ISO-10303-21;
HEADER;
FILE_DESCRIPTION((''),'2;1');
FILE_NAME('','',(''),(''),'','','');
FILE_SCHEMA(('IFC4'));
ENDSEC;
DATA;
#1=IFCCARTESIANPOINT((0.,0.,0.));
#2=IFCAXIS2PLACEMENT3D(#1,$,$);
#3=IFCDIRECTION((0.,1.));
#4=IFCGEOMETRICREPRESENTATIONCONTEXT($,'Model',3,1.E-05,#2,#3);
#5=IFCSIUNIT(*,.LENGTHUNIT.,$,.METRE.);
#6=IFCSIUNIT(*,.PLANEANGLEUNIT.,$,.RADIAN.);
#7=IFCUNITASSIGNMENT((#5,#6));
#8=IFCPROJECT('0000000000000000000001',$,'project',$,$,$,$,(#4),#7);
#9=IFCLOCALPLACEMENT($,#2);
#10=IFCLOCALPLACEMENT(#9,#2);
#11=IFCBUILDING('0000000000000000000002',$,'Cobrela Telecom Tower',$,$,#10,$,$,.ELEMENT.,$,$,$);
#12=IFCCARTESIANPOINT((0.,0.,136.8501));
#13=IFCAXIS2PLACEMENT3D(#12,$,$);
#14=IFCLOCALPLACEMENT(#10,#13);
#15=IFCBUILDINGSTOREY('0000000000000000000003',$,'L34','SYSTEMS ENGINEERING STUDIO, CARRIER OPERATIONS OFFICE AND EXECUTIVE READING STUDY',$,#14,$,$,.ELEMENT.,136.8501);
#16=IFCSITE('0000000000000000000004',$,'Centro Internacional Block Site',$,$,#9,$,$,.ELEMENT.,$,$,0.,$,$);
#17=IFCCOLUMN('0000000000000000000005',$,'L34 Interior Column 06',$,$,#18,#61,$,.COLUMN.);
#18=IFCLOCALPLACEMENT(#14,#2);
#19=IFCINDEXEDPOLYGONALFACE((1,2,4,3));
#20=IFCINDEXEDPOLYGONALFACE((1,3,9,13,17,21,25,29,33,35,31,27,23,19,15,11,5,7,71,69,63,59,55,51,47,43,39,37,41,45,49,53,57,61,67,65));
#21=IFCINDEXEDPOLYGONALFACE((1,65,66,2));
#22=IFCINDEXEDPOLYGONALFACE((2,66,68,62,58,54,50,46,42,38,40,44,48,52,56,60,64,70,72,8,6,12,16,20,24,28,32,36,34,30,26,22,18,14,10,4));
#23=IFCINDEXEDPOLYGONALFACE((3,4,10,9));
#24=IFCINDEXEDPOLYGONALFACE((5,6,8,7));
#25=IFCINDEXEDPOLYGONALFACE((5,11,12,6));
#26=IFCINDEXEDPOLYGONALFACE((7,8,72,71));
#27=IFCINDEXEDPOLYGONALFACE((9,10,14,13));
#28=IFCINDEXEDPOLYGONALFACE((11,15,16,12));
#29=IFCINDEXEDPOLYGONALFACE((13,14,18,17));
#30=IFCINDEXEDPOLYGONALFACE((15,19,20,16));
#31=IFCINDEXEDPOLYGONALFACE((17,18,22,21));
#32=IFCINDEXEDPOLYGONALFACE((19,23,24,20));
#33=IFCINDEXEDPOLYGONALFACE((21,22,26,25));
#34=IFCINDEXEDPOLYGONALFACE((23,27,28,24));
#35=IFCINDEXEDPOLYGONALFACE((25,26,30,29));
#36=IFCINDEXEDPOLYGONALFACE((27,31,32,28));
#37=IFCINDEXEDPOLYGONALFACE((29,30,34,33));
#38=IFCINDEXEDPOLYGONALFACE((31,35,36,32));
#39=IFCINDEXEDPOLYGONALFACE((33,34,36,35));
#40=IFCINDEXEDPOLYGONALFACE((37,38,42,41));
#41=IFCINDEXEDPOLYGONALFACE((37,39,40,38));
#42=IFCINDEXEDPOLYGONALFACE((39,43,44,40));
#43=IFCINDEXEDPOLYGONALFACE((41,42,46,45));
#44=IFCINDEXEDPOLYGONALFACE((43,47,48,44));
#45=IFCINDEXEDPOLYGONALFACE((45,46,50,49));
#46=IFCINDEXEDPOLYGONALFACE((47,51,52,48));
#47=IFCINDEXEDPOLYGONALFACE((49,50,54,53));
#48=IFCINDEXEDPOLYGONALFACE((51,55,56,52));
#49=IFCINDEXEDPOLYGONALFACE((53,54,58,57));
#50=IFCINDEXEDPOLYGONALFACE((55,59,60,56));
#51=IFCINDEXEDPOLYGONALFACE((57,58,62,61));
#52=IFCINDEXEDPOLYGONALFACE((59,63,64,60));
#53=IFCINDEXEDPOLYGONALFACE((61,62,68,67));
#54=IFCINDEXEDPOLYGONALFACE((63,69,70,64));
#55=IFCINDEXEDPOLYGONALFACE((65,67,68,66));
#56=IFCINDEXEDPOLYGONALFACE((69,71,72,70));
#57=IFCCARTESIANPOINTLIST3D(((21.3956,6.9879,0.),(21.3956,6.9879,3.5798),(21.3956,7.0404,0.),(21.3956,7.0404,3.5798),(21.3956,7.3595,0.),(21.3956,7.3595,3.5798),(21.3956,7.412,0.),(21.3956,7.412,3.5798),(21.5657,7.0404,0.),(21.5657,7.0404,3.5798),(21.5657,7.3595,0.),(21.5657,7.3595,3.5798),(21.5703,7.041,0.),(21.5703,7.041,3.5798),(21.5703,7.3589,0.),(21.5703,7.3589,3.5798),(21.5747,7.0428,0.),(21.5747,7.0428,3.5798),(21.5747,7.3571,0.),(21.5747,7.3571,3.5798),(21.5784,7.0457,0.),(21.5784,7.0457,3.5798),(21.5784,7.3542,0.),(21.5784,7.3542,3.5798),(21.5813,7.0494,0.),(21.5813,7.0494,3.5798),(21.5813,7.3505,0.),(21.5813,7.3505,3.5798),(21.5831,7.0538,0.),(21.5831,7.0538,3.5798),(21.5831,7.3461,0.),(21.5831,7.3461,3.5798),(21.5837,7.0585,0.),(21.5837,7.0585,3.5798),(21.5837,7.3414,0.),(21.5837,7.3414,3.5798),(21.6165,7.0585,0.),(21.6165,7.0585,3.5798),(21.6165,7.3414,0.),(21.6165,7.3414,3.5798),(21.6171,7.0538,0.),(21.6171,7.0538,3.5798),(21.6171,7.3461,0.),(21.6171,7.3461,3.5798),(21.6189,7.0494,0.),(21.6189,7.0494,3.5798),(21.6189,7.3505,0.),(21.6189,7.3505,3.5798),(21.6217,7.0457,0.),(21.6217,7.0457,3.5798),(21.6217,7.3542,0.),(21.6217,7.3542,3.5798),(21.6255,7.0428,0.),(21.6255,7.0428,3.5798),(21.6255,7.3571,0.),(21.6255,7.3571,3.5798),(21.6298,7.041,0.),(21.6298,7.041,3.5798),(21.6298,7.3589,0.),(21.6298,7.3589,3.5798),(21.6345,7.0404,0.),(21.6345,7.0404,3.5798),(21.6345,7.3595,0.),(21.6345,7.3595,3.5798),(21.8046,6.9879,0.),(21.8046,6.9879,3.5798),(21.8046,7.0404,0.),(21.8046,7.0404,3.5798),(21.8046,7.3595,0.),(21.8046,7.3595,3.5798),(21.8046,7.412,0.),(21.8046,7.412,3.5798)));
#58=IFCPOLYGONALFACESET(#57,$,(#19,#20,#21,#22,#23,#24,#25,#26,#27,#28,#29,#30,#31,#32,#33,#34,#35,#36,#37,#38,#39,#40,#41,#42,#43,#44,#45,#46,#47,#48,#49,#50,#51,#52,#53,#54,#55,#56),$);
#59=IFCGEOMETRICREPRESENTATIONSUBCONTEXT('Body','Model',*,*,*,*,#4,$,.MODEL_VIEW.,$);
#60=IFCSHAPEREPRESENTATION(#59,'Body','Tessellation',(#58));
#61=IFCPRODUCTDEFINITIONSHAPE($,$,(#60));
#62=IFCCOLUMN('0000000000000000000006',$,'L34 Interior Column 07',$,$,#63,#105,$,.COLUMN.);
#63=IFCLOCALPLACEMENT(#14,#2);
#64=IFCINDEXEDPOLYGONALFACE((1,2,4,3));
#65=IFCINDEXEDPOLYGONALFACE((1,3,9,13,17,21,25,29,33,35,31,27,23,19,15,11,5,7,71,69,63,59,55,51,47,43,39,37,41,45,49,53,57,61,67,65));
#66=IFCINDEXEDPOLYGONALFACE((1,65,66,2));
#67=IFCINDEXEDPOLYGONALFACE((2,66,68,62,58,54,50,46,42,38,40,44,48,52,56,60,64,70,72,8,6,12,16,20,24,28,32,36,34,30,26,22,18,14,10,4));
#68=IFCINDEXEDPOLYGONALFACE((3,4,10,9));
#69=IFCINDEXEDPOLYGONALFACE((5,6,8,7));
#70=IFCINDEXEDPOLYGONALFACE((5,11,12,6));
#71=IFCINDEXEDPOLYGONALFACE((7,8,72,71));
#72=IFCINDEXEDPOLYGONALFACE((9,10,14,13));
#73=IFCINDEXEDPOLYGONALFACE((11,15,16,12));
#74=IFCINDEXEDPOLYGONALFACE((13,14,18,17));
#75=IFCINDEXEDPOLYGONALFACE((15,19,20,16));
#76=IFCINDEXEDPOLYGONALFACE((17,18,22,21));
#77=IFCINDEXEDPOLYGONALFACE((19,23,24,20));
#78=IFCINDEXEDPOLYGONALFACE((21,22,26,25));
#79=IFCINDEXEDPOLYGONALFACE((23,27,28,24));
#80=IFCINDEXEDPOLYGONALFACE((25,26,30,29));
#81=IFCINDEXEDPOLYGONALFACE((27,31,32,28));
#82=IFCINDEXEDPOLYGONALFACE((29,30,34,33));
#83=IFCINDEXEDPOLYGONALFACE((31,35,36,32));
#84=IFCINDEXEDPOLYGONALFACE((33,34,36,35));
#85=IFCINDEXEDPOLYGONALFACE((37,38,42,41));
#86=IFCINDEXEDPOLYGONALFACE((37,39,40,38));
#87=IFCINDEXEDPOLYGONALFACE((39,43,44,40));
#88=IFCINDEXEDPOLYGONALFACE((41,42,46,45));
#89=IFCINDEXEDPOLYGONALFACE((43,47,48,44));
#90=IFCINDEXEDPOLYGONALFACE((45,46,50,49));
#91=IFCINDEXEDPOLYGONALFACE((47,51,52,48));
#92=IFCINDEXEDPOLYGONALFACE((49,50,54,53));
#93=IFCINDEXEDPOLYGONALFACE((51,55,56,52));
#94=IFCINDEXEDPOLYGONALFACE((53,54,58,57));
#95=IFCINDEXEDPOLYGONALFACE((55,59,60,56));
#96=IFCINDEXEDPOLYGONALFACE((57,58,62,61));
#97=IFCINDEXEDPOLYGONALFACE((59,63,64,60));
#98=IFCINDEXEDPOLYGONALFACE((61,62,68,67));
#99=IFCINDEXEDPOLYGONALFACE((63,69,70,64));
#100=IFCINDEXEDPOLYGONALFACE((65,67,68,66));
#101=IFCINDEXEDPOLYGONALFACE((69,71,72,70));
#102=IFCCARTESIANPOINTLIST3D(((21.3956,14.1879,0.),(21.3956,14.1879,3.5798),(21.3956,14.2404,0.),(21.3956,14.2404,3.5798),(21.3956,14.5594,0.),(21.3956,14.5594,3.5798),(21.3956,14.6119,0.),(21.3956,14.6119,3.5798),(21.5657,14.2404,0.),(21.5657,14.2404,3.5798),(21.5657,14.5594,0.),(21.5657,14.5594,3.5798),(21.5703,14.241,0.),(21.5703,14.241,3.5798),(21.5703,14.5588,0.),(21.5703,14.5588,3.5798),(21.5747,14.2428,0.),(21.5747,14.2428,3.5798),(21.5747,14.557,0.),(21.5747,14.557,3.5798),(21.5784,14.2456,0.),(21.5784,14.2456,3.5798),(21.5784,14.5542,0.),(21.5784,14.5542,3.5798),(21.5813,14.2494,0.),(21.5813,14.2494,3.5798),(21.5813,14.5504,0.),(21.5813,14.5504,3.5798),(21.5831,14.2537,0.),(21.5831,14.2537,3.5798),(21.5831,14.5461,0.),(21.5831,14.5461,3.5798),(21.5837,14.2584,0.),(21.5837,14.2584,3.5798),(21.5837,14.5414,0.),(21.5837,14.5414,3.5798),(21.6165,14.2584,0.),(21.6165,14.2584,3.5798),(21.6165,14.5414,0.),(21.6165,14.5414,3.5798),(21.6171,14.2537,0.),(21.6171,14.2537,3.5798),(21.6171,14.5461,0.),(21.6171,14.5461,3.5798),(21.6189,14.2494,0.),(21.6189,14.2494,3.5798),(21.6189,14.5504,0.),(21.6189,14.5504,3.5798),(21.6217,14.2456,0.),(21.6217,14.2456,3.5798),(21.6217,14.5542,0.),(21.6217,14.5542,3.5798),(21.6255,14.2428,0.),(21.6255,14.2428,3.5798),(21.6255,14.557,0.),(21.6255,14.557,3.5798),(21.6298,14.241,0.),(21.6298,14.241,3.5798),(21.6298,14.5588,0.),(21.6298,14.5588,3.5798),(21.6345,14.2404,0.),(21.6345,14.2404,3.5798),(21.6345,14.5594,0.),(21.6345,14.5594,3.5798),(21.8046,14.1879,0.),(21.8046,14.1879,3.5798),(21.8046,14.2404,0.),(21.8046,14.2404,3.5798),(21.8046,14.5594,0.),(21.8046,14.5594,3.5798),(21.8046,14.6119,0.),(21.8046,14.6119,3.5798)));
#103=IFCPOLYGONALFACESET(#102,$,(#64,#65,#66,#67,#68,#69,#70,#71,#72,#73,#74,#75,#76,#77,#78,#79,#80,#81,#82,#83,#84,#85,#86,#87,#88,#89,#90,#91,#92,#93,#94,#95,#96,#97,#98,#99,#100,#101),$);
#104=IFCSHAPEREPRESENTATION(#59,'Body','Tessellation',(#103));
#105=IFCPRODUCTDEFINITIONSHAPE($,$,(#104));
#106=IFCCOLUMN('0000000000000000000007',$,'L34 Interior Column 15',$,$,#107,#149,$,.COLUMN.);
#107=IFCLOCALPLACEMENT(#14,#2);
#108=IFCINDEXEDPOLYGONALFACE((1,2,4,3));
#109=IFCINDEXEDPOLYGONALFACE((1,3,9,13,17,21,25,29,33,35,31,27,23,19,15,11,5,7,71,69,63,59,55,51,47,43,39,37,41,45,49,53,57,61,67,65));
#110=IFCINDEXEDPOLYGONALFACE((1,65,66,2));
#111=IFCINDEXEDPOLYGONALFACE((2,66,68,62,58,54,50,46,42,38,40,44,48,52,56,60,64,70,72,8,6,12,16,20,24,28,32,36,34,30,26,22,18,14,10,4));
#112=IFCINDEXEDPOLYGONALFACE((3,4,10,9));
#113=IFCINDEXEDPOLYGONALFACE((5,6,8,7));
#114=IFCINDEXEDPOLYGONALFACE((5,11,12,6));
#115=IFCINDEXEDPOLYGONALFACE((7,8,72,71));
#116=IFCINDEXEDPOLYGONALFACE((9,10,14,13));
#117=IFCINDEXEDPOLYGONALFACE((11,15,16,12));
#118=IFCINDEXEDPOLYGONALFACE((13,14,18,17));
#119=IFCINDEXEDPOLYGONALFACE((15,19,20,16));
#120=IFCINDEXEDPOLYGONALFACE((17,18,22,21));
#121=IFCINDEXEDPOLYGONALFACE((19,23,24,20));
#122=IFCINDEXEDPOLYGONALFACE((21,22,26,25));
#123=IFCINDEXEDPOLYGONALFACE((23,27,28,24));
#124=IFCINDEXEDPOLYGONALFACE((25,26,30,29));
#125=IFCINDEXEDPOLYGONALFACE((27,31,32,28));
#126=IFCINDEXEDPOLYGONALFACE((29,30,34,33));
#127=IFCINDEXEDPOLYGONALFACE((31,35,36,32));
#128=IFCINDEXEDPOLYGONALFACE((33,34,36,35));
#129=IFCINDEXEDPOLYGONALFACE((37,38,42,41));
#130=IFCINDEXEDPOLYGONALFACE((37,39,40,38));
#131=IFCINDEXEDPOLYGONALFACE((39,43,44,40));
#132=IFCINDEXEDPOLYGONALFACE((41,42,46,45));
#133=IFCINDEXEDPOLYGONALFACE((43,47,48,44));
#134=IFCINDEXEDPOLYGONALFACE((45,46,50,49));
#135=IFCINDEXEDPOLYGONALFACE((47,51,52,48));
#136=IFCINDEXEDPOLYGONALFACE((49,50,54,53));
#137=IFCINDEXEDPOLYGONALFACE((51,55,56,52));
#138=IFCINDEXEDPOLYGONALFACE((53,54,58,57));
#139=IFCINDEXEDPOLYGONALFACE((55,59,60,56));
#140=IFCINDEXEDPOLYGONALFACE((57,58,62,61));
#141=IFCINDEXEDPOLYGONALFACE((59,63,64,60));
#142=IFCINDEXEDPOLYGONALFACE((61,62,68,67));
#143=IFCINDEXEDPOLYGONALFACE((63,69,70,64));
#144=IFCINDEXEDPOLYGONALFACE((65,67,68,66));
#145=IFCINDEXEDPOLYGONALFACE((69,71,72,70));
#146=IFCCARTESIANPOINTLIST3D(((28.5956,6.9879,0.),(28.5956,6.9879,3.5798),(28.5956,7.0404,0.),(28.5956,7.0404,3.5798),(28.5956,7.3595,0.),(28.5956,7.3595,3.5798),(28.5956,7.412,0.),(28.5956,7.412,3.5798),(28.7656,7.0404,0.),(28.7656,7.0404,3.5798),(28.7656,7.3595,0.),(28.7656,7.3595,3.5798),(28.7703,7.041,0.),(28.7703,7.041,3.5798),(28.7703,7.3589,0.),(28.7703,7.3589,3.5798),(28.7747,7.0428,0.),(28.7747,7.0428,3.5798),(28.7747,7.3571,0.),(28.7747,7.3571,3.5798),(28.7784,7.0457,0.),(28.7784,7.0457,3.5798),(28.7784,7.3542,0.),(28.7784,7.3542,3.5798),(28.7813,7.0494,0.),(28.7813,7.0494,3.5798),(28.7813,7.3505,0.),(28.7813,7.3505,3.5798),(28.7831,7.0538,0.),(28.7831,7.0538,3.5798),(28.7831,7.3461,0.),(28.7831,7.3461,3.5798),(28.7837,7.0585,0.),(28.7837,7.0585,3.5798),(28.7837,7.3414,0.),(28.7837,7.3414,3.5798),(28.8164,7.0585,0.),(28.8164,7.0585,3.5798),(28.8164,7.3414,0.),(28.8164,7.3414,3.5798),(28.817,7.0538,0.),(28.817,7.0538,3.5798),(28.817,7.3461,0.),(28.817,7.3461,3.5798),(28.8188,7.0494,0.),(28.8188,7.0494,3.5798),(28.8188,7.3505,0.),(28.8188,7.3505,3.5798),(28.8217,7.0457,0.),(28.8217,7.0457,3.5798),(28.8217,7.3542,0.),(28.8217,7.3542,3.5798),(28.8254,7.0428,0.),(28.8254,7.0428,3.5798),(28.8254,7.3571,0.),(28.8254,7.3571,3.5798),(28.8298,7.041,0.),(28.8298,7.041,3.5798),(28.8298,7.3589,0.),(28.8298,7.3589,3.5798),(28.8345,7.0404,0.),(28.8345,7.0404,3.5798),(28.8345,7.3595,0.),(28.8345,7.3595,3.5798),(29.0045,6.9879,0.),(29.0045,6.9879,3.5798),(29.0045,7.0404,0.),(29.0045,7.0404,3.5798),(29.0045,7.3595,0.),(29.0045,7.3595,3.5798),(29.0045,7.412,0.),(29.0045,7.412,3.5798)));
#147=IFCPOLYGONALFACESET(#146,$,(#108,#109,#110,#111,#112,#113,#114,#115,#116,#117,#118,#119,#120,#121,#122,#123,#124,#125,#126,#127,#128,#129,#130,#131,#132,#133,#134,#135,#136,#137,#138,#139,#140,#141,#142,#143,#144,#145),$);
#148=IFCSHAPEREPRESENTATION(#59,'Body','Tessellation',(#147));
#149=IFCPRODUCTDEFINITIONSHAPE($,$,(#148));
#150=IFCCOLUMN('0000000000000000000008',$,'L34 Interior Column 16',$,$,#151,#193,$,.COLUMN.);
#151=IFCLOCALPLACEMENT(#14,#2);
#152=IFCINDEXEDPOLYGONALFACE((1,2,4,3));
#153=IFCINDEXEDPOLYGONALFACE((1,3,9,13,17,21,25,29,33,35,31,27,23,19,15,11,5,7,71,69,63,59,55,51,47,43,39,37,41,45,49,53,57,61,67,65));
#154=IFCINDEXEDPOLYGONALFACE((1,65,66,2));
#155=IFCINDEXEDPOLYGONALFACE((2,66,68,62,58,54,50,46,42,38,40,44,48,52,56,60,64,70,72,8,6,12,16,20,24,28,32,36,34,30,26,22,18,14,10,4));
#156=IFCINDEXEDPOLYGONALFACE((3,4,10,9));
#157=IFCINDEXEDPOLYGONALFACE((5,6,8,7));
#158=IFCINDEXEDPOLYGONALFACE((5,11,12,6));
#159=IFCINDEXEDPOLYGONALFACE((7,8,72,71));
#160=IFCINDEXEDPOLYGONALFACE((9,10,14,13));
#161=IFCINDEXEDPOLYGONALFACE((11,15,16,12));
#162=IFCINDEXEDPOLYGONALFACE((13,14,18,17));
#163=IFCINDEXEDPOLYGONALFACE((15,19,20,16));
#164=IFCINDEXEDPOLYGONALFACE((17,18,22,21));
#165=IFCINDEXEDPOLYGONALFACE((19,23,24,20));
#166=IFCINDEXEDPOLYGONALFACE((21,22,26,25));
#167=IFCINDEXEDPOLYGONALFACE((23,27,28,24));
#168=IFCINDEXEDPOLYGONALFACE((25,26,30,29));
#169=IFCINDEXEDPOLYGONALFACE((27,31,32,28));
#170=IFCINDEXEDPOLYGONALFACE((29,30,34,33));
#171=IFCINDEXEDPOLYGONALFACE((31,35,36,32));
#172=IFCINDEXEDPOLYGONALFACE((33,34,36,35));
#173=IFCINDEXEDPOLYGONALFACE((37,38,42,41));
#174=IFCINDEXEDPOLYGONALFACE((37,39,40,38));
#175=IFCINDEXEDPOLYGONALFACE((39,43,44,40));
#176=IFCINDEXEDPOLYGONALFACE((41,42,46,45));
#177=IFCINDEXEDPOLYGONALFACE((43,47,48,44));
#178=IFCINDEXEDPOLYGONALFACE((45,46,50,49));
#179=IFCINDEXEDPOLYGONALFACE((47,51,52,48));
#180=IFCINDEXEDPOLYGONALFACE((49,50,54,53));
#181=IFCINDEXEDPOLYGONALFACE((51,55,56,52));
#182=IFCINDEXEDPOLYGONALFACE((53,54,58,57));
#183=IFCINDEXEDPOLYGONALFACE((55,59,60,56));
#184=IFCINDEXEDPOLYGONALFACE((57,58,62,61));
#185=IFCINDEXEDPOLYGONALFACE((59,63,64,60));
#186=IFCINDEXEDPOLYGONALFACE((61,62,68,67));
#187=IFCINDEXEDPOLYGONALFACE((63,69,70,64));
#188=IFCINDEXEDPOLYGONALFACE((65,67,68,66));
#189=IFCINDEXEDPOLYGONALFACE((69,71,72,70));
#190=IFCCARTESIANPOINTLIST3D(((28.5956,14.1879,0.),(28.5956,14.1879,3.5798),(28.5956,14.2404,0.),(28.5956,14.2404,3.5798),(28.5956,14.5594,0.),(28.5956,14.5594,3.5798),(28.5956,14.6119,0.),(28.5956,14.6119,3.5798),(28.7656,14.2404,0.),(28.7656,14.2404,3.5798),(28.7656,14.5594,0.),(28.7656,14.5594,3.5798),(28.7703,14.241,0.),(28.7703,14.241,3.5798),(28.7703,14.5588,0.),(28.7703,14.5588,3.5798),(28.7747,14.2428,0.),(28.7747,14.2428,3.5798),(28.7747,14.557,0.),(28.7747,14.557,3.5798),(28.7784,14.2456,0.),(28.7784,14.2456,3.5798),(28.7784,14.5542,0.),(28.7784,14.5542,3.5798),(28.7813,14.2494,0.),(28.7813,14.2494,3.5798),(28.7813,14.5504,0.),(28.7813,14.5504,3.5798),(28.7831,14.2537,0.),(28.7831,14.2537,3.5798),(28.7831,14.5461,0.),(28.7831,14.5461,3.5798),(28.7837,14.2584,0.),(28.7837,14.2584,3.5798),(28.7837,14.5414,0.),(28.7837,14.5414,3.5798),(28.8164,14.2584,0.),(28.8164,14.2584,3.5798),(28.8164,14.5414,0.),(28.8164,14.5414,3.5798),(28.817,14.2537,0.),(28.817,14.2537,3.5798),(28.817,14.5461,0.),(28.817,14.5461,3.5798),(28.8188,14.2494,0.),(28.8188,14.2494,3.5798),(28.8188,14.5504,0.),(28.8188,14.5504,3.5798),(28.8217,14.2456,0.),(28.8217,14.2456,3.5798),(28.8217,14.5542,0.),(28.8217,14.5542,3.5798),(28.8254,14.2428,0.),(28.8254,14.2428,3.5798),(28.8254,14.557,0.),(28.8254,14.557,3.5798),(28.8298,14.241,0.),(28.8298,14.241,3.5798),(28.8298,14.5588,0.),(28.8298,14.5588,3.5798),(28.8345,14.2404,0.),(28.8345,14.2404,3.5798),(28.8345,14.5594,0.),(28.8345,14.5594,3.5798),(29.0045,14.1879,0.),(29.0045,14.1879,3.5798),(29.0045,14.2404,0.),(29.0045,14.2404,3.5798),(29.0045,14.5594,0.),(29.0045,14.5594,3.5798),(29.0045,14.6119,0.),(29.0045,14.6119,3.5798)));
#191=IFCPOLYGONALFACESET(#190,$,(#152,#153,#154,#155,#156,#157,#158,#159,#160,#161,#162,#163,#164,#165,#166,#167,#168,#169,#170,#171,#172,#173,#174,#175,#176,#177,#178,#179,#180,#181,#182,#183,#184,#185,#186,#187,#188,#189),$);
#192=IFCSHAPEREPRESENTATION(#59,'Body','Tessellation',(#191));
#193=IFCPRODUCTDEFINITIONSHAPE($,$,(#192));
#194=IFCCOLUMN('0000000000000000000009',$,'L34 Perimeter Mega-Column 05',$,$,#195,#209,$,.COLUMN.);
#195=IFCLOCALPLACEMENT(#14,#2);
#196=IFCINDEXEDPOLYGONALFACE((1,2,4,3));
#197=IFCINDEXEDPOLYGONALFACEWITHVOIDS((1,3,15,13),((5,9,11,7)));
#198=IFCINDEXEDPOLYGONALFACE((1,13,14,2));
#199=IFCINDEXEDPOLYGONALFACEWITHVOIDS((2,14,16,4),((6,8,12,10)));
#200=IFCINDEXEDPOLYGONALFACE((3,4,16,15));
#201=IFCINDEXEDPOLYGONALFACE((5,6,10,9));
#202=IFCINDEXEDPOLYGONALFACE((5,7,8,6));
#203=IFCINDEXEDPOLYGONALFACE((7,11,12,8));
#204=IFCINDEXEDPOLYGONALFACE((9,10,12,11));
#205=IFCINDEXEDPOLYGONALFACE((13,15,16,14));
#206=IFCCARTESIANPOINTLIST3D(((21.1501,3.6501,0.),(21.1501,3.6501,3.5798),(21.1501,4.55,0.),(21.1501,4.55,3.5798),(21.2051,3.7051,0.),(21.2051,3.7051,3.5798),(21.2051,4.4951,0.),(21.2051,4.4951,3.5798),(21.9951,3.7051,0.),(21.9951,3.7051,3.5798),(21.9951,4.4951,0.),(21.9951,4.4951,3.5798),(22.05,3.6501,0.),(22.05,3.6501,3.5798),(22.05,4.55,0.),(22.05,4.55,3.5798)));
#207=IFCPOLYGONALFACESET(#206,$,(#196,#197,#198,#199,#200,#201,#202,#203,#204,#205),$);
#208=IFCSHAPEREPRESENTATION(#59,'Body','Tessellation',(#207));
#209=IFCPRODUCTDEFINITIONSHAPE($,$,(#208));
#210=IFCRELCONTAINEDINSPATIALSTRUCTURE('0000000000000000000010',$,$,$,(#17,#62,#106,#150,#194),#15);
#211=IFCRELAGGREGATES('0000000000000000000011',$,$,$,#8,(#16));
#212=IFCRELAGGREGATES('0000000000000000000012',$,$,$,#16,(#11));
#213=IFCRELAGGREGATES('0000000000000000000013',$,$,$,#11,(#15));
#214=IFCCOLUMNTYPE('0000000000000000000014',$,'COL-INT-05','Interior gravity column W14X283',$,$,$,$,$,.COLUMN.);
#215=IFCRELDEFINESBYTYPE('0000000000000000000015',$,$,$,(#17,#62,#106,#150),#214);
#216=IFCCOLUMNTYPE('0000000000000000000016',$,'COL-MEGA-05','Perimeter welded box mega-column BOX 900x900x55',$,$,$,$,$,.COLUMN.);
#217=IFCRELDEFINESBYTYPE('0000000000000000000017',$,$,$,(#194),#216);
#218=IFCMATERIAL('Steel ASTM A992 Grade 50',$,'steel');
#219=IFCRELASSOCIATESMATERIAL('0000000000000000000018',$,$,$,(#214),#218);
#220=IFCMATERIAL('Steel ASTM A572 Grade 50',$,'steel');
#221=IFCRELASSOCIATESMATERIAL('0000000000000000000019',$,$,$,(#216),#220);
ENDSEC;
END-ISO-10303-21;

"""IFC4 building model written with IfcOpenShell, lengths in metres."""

from ifc_helpers import new_model, si_unit, direction, frame, origin, origin_2d, place, context, subcontext, project, spatial, hollow_rectangle, i_section, extrude, material, material_profile, profile_set, type_object, element, save


model = new_model("IFC4")

# Units and contexts
model_context = context("Model", 3, precision=1e-05, world=origin(), true_north=direction((0.0, 1.0)))
body_context = subcontext(model_context, "Body", "Model", "MODEL_VIEW")
ifc_project = project(units=[si_unit("LENGTHUNIT", "METRE"), si_unit("PLANEANGLEUNIT", "RADIAN")], contexts=[model_context])

# Site, building, storey
site_placement = place(None, origin())
site = spatial("IfcSite", under=ifc_project, at=site_placement, Name="Centro Internacional Block Site", CompositionType="ELEMENT", RefElevation=0.0)
building_placement = place(site_placement, origin())
building = spatial("IfcBuilding", under=site, at=building_placement, Name="Cobrela Telecom Tower", CompositionType="ELEMENT")
storey_placement = place(building_placement, frame((0.0, 0.0, 136.8501)))
storey = spatial("IfcBuildingStorey", under=building, at=storey_placement, Name="L34", Description="SYSTEMS ENGINEERING STUDIO, CARRIER OPERATIONS OFFICE AND EXECUTIVE READING STUDY", CompositionType="ELEMENT", Elevation=136.8501)

# Columns
ifc_material_1 = material(Name="Steel ASTM A992 Grade 50", Category="steel")
ifc_material_profile_1 = material_profile(ifc_material_1, i_section(OverallWidth=0.4089, OverallDepth=0.4241, WebThickness=0.0327, FlangeThickness=0.0525, FilletRadius=0.0181, at=origin_2d()), Name="W14X283")
ifc_profile_set_1 = profile_set([ifc_material_profile_1], Name="Steel ASTM A992 Grade 50")
column_type_1 = type_object("IfcColumnType", Name="COL-INT-05", Description="Interior gravity column W14X283", PredefinedType="COLUMN", material=ifc_profile_set_1)
for number, where, z_axis, x_axis, name in (
    (1, (21.6001, 7.2, 0.0), (0.0, 0.0, 1.0), (1.0, 0.0, 0.0), "L34 Interior Column 06"),
    (2, (21.6001, 14.3999, 0.0), (0.0, 0.0, 1.0), (1.0, 0.0, 0.0), "L34 Interior Column 07"),
    (3, (28.8, 7.2, 0.0), (0.0, 0.0, 1.0), (1.0, 0.0, 0.0), "L34 Interior Column 15"),
    (4, (28.8, 14.3999, 0.0), (0.0, 0.0, 1.0), (1.0, 0.0, 0.0), "L34 Interior Column 16"),
):
    element("IfcColumn", number, at=place(storey_placement, frame(where, z_axis=z_axis, x_axis=x_axis)), inside=storey, type_object=column_type_1, Name=name, PredefinedType="COLUMN", context=body_context, shape_type="SweptSolid", body=[
        extrude(i_section(OverallWidth=0.4089, OverallDepth=0.4241, WebThickness=0.0327, FlangeThickness=0.0525, FilletRadius=0.0181, at=origin_2d()), origin(), (0.0, 0.0, 1.0), 3.5798),
    ])
ifc_material_2 = material(Name="Steel ASTM A572 Grade 50", Category="steel")
ifc_material_profile_2 = material_profile(ifc_material_2, hollow_rectangle(XDim=0.8999, YDim=0.8999, WallThickness=0.0549, at=origin_2d()), Name="BOX 900x900x55")
ifc_profile_set_2 = profile_set([ifc_material_profile_2], Name="Steel ASTM A572 Grade 50")
column_type_2 = type_object("IfcColumnType", Name="COL-MEGA-05", Description="Perimeter welded box mega-column BOX 900x900x55", PredefinedType="COLUMN", material=ifc_profile_set_2)
for number, where, z_axis, x_axis, name in (
    (5, (21.6001, 4.1001, 0.0), (0.0, 0.0, 1.0), (1.0, 0.0, 0.0), "L34 Perimeter Mega-Column 05"),
):
    element("IfcColumn", number, at=place(storey_placement, frame(where, z_axis=z_axis, x_axis=x_axis)), inside=storey, type_object=column_type_2, Name=name, PredefinedType="COLUMN", context=body_context, shape_type="SweptSolid", body=[
        extrude(hollow_rectangle(XDim=0.8999, YDim=0.8999, WallThickness=0.0549, at=origin_2d()), origin(), (0.0, 0.0, 1.0), 3.5798),
    ])

save(model, "model.ifc")
